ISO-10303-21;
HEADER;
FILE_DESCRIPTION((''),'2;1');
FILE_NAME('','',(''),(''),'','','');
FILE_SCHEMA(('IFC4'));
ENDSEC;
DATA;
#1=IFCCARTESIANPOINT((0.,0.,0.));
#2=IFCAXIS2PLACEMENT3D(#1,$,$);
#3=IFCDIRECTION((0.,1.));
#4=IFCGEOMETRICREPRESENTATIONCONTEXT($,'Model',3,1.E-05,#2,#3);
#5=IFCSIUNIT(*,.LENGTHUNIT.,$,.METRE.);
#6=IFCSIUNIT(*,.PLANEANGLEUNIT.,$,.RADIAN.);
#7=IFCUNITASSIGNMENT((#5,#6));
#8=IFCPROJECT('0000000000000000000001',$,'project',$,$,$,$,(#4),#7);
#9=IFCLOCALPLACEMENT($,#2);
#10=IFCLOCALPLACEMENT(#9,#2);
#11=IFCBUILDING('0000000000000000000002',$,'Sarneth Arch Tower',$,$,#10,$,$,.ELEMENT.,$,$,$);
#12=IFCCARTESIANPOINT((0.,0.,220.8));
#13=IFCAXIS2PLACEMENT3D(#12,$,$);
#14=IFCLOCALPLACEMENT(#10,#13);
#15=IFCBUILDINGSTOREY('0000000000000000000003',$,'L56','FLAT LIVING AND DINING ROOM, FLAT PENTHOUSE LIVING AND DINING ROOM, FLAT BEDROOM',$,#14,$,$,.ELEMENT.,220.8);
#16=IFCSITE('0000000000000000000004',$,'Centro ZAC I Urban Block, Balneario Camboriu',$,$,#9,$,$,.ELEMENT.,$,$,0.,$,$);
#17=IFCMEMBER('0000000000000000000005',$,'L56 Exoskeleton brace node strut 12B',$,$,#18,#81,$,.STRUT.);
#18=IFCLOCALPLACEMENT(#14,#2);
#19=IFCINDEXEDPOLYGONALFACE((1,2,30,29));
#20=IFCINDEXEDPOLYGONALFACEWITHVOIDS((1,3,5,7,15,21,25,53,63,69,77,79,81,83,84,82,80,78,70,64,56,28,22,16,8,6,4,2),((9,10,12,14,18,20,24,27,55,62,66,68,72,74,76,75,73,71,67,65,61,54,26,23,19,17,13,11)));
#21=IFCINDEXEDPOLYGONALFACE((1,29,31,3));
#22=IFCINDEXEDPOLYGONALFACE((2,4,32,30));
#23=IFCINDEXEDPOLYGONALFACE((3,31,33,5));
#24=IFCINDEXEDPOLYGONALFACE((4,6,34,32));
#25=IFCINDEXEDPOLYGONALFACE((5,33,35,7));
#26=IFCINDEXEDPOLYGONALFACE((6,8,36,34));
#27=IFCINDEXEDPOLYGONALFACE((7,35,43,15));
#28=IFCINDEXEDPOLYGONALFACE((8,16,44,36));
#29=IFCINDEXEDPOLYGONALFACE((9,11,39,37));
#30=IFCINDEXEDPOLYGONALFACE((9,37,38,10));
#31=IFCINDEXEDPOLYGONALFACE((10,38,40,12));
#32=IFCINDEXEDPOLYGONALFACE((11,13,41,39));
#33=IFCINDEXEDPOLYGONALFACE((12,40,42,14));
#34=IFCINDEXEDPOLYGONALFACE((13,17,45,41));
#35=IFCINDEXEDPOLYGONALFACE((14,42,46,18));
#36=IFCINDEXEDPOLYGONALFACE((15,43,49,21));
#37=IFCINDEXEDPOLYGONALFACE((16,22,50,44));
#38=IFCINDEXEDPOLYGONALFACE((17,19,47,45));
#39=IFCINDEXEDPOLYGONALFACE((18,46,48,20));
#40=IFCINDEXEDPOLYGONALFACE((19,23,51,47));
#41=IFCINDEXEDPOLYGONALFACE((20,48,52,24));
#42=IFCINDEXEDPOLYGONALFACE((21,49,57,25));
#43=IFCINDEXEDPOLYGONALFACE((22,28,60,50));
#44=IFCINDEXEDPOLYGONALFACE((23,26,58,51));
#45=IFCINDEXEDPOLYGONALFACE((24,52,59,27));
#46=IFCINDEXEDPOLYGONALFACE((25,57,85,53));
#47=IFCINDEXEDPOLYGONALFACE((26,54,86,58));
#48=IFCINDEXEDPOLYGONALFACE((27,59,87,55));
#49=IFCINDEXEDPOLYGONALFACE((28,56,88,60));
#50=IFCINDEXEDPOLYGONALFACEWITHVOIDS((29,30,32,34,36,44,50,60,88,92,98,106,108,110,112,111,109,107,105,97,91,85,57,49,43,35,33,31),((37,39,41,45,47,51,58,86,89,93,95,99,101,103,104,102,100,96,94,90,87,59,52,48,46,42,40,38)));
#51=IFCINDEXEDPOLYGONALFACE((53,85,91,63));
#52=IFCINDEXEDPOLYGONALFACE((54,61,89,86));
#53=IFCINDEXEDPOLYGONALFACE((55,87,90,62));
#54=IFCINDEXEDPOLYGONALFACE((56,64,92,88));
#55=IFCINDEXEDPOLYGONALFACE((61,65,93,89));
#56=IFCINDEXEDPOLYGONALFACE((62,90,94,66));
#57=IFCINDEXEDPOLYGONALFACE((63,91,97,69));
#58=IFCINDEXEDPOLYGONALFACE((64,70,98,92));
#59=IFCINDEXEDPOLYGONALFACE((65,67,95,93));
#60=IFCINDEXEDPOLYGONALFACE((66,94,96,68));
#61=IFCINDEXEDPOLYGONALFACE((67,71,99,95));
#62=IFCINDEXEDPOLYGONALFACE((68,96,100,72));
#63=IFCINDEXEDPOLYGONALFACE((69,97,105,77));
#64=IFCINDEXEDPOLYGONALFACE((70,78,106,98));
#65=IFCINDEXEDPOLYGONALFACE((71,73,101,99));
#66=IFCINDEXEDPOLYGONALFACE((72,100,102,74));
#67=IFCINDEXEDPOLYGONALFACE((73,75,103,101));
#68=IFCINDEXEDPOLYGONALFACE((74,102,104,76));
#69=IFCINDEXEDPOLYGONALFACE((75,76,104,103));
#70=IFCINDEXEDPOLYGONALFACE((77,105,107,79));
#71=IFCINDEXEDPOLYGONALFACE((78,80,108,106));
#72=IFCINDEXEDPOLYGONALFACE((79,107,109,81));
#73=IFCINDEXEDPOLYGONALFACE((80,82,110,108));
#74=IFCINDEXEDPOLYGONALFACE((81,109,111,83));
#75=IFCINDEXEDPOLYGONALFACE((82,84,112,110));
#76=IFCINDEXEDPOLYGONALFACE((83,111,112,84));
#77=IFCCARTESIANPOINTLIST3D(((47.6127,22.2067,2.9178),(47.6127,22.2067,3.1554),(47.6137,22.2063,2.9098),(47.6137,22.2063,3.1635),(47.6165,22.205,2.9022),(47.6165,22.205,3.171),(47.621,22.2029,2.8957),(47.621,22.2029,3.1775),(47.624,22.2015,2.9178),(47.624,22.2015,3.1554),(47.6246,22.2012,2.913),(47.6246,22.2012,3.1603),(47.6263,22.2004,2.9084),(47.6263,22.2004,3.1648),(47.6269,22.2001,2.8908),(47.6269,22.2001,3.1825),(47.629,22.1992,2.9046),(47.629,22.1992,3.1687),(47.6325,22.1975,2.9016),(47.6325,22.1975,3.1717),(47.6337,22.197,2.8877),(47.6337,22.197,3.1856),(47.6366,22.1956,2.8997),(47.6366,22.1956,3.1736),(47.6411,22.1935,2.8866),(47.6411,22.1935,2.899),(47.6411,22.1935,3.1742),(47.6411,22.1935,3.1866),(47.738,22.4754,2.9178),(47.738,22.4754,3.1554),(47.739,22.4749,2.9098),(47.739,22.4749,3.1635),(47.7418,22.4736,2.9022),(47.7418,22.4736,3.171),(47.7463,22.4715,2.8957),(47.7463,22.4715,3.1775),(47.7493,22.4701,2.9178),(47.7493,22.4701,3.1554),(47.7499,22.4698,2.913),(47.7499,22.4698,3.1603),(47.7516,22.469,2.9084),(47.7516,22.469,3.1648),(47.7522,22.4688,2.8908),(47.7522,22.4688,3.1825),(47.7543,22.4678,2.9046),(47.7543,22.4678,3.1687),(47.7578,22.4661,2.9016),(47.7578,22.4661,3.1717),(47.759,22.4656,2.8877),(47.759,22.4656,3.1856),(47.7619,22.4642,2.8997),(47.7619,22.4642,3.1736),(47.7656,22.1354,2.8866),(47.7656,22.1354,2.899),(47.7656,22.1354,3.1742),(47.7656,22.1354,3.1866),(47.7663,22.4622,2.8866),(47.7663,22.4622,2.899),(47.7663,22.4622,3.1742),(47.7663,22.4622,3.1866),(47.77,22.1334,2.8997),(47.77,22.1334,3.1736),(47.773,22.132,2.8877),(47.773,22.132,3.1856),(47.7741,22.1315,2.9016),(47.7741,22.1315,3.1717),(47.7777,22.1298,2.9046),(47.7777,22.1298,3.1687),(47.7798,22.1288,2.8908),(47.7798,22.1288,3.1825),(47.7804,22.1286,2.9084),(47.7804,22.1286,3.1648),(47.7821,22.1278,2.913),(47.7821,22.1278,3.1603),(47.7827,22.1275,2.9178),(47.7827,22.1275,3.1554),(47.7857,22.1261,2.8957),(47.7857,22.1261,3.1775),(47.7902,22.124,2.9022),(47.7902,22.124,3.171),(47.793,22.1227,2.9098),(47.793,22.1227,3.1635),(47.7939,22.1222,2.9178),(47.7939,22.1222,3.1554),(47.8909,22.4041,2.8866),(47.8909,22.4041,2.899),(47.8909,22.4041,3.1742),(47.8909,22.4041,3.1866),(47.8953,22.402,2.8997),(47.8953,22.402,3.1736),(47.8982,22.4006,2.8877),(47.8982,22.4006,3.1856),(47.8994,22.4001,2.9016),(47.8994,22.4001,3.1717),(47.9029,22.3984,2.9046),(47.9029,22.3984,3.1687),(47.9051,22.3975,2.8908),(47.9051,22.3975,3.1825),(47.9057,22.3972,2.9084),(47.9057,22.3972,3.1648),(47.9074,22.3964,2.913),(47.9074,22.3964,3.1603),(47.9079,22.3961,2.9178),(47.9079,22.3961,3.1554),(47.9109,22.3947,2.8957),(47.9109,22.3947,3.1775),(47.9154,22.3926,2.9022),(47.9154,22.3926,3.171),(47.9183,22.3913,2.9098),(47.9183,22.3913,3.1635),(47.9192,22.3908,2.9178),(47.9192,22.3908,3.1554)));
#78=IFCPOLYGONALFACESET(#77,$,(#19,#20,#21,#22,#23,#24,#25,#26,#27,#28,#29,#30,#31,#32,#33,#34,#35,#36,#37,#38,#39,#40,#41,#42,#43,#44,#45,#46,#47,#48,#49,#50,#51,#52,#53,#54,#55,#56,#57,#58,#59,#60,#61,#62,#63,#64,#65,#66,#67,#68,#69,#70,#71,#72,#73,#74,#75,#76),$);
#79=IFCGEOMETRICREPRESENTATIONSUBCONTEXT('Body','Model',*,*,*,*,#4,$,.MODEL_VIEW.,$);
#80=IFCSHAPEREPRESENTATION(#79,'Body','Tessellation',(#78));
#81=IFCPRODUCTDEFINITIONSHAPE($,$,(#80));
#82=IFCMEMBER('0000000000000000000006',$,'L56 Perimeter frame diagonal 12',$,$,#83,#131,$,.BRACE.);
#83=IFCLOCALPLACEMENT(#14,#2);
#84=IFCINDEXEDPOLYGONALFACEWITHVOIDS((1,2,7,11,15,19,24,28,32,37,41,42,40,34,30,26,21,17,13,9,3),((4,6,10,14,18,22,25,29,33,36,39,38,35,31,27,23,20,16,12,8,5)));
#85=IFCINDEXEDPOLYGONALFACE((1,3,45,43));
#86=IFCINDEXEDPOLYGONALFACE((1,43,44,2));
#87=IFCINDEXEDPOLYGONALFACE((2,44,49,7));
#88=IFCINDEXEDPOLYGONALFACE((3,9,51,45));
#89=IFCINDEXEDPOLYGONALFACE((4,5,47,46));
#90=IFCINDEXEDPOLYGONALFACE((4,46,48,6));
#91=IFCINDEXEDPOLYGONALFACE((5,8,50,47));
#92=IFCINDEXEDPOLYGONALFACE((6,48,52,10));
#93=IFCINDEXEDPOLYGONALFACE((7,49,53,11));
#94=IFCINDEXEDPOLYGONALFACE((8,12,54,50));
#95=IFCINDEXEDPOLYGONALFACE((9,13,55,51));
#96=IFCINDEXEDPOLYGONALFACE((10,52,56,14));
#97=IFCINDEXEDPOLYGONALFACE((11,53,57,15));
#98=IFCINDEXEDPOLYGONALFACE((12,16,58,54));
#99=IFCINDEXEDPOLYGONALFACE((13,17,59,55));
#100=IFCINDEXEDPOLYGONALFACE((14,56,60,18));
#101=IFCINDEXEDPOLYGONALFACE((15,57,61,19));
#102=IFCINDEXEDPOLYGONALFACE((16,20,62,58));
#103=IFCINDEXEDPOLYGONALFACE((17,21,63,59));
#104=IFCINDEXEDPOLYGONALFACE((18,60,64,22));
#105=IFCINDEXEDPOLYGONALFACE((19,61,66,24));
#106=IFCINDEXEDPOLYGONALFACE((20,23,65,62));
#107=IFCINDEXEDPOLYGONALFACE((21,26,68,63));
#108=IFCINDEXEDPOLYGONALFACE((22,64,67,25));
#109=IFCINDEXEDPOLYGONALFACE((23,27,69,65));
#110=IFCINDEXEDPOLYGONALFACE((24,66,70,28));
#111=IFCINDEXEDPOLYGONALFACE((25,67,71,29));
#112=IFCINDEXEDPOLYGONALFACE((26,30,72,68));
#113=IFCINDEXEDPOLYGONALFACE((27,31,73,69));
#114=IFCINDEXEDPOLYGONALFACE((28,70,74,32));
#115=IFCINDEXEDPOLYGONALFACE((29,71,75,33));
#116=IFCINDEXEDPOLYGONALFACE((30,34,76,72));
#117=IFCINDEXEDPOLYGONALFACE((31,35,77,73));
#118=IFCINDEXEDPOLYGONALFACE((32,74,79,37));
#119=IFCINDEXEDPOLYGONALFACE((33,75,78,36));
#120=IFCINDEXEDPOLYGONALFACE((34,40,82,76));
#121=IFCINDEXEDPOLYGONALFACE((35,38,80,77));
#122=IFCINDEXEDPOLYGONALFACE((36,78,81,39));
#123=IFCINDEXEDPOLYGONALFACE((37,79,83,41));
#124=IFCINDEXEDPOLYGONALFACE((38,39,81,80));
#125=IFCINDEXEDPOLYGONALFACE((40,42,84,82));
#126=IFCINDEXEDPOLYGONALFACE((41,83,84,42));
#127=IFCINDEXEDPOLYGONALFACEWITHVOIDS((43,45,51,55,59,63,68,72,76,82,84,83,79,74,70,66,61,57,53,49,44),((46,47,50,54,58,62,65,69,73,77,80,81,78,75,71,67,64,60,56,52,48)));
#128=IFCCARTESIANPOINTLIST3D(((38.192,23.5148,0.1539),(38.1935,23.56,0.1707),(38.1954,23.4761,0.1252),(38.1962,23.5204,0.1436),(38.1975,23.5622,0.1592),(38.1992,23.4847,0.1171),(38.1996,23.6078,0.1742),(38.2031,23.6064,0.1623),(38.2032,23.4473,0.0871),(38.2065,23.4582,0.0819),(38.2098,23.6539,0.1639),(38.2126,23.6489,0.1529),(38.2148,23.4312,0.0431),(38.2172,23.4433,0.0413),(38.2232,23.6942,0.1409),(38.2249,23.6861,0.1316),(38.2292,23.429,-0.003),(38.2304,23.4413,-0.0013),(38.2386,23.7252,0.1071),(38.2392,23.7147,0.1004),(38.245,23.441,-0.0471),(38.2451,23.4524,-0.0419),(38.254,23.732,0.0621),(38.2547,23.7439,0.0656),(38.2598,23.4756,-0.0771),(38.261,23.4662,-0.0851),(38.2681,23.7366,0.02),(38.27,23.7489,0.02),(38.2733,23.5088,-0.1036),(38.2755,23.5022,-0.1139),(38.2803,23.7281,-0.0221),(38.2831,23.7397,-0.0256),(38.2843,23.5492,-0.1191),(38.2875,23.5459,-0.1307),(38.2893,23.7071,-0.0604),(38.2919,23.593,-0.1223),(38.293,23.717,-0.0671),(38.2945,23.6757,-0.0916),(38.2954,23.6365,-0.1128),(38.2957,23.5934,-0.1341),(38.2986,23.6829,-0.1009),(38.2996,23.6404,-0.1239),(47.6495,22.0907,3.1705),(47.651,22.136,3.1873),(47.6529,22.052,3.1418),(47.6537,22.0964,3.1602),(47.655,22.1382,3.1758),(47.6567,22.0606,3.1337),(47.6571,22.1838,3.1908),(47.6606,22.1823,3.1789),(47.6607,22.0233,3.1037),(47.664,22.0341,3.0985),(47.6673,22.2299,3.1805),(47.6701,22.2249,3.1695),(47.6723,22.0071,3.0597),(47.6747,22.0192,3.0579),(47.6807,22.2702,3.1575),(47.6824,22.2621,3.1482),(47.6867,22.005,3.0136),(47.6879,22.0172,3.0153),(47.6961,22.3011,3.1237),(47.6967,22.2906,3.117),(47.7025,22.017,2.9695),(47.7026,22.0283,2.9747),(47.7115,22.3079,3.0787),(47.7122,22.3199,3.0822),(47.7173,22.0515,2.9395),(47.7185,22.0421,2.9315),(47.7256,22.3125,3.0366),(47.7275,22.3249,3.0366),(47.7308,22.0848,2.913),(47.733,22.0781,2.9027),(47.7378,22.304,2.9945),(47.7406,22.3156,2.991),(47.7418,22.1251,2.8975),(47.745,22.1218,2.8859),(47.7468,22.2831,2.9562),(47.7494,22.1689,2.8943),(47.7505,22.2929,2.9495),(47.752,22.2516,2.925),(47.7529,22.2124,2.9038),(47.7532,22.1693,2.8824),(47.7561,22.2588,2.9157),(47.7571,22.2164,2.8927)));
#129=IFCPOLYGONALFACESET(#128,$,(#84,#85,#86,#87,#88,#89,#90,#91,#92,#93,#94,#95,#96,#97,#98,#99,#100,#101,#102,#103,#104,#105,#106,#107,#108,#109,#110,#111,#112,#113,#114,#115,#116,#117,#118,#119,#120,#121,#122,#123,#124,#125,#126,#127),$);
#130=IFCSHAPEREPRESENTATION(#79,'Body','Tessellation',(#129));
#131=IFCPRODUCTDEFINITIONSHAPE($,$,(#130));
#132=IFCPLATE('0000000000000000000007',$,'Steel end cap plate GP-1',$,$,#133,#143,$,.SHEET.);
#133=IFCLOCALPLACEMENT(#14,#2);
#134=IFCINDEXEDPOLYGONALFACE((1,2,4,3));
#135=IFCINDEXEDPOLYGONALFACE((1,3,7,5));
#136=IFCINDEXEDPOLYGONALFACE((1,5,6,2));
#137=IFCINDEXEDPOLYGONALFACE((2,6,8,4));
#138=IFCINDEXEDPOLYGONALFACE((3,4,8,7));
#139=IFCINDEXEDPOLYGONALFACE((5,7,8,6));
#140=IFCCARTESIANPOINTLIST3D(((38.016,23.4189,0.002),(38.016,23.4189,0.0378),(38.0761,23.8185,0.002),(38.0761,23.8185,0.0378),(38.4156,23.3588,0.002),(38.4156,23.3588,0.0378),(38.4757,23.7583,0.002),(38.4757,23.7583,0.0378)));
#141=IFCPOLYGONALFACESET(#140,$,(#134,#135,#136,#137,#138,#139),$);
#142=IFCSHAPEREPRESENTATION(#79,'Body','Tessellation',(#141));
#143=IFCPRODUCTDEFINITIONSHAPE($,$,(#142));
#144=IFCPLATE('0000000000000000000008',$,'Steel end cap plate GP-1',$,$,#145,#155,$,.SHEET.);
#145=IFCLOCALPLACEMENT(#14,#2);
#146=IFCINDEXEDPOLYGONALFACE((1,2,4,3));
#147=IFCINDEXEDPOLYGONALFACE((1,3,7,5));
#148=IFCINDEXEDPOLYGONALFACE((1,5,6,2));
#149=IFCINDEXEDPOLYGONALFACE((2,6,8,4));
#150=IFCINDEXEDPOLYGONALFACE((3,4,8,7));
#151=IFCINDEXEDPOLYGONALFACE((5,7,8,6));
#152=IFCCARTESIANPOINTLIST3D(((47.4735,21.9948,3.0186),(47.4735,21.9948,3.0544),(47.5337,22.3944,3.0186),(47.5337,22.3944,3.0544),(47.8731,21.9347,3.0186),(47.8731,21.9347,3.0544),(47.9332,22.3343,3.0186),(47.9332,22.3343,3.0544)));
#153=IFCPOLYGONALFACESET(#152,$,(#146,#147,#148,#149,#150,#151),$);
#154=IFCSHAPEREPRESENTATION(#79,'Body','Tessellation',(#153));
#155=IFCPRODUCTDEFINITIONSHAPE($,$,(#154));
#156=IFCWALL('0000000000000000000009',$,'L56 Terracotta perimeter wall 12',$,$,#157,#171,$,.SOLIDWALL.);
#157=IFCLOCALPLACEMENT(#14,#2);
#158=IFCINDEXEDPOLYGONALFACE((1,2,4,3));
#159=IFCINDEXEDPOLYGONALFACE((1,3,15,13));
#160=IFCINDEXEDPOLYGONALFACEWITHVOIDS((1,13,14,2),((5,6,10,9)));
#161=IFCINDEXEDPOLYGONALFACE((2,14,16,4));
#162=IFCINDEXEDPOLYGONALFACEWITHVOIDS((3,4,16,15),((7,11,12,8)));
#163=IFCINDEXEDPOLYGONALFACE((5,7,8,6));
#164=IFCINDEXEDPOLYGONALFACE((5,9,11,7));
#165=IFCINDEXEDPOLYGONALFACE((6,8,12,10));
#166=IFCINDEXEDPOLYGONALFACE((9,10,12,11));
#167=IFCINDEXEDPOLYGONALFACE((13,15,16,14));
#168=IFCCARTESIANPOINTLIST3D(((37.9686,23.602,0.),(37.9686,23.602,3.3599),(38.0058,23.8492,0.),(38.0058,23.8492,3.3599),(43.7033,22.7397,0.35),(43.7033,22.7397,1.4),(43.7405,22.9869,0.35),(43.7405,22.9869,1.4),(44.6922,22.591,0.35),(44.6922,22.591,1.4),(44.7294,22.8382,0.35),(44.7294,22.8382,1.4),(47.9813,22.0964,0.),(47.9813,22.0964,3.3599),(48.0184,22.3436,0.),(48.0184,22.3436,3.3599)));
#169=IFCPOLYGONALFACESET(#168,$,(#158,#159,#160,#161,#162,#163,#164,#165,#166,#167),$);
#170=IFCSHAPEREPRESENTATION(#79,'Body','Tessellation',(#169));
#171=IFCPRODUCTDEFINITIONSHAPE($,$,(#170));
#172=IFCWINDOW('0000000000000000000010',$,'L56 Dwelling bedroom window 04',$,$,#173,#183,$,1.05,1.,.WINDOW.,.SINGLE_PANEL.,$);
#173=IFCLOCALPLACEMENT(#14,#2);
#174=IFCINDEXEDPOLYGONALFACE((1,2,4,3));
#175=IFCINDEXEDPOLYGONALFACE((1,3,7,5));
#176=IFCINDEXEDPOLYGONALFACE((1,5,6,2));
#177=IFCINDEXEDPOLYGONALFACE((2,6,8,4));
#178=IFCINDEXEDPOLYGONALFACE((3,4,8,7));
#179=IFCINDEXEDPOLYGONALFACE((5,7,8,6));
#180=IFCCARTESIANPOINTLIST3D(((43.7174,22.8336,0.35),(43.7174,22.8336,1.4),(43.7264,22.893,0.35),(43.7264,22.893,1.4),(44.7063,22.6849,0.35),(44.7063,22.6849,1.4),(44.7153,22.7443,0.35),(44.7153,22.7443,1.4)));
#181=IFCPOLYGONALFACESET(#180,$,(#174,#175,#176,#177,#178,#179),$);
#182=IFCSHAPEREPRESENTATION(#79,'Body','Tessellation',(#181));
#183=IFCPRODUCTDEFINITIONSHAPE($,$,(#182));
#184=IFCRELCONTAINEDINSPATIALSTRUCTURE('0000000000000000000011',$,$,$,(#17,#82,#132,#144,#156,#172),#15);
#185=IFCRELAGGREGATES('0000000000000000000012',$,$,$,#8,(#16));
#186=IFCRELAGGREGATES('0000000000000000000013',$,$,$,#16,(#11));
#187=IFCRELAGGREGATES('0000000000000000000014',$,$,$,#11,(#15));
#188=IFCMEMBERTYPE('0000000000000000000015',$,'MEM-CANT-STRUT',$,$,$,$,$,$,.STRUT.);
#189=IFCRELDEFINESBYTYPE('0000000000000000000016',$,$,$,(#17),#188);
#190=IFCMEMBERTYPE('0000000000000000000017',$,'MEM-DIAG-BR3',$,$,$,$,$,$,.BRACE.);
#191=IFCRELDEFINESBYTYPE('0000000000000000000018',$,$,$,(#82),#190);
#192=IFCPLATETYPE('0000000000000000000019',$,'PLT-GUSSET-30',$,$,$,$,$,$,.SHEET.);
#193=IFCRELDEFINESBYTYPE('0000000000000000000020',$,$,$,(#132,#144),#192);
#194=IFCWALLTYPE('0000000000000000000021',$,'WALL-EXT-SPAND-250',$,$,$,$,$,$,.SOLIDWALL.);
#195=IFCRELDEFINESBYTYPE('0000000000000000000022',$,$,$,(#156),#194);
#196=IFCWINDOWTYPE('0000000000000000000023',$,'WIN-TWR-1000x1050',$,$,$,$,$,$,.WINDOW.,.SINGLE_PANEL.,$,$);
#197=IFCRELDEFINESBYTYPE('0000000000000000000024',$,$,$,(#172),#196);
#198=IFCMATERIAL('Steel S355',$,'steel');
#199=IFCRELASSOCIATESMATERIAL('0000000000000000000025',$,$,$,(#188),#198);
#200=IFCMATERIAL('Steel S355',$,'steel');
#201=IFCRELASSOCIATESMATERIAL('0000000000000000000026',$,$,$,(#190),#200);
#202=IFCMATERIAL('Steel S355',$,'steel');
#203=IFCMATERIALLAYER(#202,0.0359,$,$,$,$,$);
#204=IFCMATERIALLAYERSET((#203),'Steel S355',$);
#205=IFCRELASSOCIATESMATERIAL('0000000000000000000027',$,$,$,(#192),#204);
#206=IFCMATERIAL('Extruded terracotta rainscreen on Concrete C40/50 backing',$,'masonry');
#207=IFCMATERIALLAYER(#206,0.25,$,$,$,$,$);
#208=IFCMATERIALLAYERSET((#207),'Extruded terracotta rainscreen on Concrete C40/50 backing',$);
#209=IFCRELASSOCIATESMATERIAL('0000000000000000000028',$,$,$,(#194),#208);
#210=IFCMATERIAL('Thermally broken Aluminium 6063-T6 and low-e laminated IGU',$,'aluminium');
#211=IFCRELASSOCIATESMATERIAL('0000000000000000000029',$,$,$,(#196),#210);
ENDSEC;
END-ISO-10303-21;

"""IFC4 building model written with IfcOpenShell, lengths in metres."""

from ifc_helpers import new_model, si_unit, direction, frame, frame_2d, origin, origin_2d, place, context, subcontext, project, spatial, rectangle, hollow_rectangle, hollow_circle, extrude, material, layer, layer_set, material_profile, profile_set, type_object, element, fill, save


model = new_model("IFC4")

# Units and contexts
model_context = context("Model", 3, precision=1e-05, world=origin(), true_north=direction((0.0, 1.0)))
body_context = subcontext(model_context, "Body", "Model", "MODEL_VIEW")
ifc_project = project(units=[si_unit("LENGTHUNIT", "METRE"), si_unit("PLANEANGLEUNIT", "RADIAN")], contexts=[model_context])

# Site, building, storey
site_placement = place(None, origin())
site = spatial("IfcSite", under=ifc_project, at=site_placement, Name="Centro ZAC I Urban Block, Balneario Camboriu", CompositionType="ELEMENT", RefElevation=0.0)
building_placement = place(site_placement, origin())
building = spatial("IfcBuilding", under=site, at=building_placement, Name="Sarneth Arch Tower", CompositionType="ELEMENT")
storey_placement = place(building_placement, frame((0.0, 0.0, 220.8)))
storey = spatial("IfcBuildingStorey", under=building, at=storey_placement, Name="L56", Description="FLAT LIVING AND DINING ROOM, FLAT PENTHOUSE LIVING AND DINING ROOM, FLAT BEDROOM", CompositionType="ELEMENT", Elevation=220.8)

# Members
ifc_material_1 = material(Name="Steel S355", Category="steel")
ifc_material_profile_1 = material_profile(ifc_material_1, hollow_rectangle(XDim=0.2, YDim=0.3, WallThickness=0.0125, InnerFilletRadius=0.0188, OuterFilletRadius=0.0312, at=origin_2d()), Name="RHS300x200x12.5")
ifc_profile_set_1 = profile_set([ifc_material_profile_1], Name="Steel S355")
member_type_1 = type_object("IfcMemberType", Name="MEM-CANT-STRUT", PredefinedType="STRUT", material=ifc_profile_set_1)
member_1_placement = place(storey_placement, frame((47.8286, 22.4331, 3.0366), z_axis=(-0.42266, -0.906288, 0.0), x_axis=(0.906288, -0.42266, 0.0)))
element("IfcMember", 1, at=member_1_placement, inside=storey, type_object=member_type_1, Name="L56 Exoskeleton brace node strut 12B", PredefinedType="STRUT", context=body_context, shape_type="SweptSolid", body=[
    extrude(hollow_rectangle(XDim=0.2, YDim=0.3, WallThickness=0.0125, InnerFilletRadius=0.0188, OuterFilletRadius=0.0312, at=origin_2d()), origin(), (0.0, 0.0, 1.0), 0.2964),
])
ifc_material_2 = material(Name="Steel S355", Category="steel")
ifc_material_profile_2 = material_profile(ifc_material_2, hollow_circle(Radius=0.1621, WallThickness=0.0125, at=origin_2d()), Name="CHS324x12.5")
ifc_profile_set_2 = profile_set([ifc_material_profile_2], Name="Steel S355")
member_type_2 = type_object("IfcMemberType", Name="MEM-DIAG-BR3", PredefinedType="BRACE", material=ifc_profile_set_2)
member_2_placement = place(storey_placement, frame((38.2458, 23.5886, 0.02), z_axis=(0.943056, -0.142001, 0.3008), x_axis=(0.148897, 0.988853, 0.0)))
element("IfcMember", 2, at=member_2_placement, inside=storey, type_object=member_type_2, Name="L56 Perimeter frame diagonal 12", PredefinedType="BRACE", context=body_context, shape_type="SweptSolid", body=[
    extrude(hollow_circle(Radius=0.1621, WallThickness=0.0125, at=origin_2d()), origin(), (0.0, 0.0, 1.0), 10.0286),
])

# Plates
ifc_material_3 = material(Name="Steel S355", Category="steel")
ifc_layer_1 = layer(ifc_material_3, 0.0359)
ifc_layer_set_1 = layer_set([ifc_layer_1], Name="Steel S355")
plate_type = type_object("IfcPlateType", Name="PLT-GUSSET-30", PredefinedType="SHEET", material=ifc_layer_set_1)
for number, where, z_axis, x_axis, name in (
    (3, (38.2458, 23.5886, 0.002), (0.0, 0.0, 1.0), (0.988861, -0.148845, 0.0), "Steel end cap plate GP-1"),
    (4, (47.7034, 22.1646, 3.0186), (0.0, 0.0, 1.0), (0.988861, -0.148845, 0.0), "Steel end cap plate GP-1"),
):
    element("IfcPlate", number, at=place(storey_placement, frame(where, z_axis=z_axis, x_axis=x_axis)), inside=storey, type_object=plate_type, Name=name, PredefinedType="SHEET", context=body_context, shape_type="SweptSolid", body=[
        extrude(rectangle(XDim=0.4041, YDim=0.4041, at=origin_2d()), origin(), (0.0, 0.0, 1.0), 0.0359),
    ])

# Wall, opening, window
ifc_material_4 = material(Name="Extruded terracotta rainscreen on Concrete C40/50 backing", Category="masonry")
ifc_layer_2 = layer(ifc_material_4, 0.25)
ifc_layer_set_2 = layer_set([ifc_layer_2], Name="Extruded terracotta rainscreen on Concrete C40/50 backing")
wall_type_1 = type_object("IfcWallType", Name="WALL-EXT-SPAND-250", PredefinedType="SOLIDWALL", material=ifc_layer_set_2)
wall_1_placement = place(storey_placement, frame((37.9873, 23.7256, 0.0), z_axis=(0.0, 0.0, 1.0), x_axis=(0.988883, -0.148699, 0.0)))
wall_1 = element("IfcWall", 5, at=wall_1_placement, inside=storey, type_object=wall_type_1, Name="L56 Terracotta perimeter wall 12", PredefinedType="SOLIDWALL", context=body_context, shape_type="SweptSolid", body=[
    extrude(rectangle(XDim=10.1252, YDim=0.25, at=frame_2d((5.0625, 0.0))), origin(), (0.0, 0.0, 1.0), 3.3599),
])
opening_1_placement = place(wall_1_placement, frame((5.7991, 0.0, 0.3501)))
opening_1 = element("IfcOpeningElement", 6, at=opening_1_placement, cuts=wall_1, PredefinedType="OPENING", context=body_context, shape_type="SweptSolid", body=[
    extrude(rectangle(XDim=1.0, YDim=1.05, at=frame_2d((0.5, 0.5249))), frame((0.0, 0.135, 0.0), z_axis=(0.0, -1.0, 0.0), x_axis=(1.0, 0.0, 0.0)), (0.0, 0.0, 1.0), 0.27),
])
ifc_material_5 = material(Name="Thermally broken Aluminium 6063-T6 and low-e laminated IGU", Category="aluminium")
window_type = type_object("IfcWindowType", Name="WIN-TWR-1000x1050", PartitioningType="SINGLE_PANEL", PredefinedType="WINDOW", material=ifc_material_5)
window_placement = place(opening_1_placement, origin())
window = element("IfcWindow", 7, at=window_placement, inside=storey, type_object=window_type, Name="L56 Dwelling bedroom window 04", OverallHeight=1.05, OverallWidth=1.0, PartitioningType="SINGLE_PANEL", PredefinedType="WINDOW", context=body_context, shape_type="SweptSolid", body=[
    extrude(rectangle(XDim=1.0, YDim=1.05, at=frame_2d((0.5, 0.5249))), frame((0.0, 0.03, 0.0), z_axis=(0.0, -1.0, 0.0), x_axis=(1.0, 0.0, 0.0)), (0.0, 0.0, 1.0), 0.0601),
])
fill(opening_1, window)

save(model, "model.ifc")
